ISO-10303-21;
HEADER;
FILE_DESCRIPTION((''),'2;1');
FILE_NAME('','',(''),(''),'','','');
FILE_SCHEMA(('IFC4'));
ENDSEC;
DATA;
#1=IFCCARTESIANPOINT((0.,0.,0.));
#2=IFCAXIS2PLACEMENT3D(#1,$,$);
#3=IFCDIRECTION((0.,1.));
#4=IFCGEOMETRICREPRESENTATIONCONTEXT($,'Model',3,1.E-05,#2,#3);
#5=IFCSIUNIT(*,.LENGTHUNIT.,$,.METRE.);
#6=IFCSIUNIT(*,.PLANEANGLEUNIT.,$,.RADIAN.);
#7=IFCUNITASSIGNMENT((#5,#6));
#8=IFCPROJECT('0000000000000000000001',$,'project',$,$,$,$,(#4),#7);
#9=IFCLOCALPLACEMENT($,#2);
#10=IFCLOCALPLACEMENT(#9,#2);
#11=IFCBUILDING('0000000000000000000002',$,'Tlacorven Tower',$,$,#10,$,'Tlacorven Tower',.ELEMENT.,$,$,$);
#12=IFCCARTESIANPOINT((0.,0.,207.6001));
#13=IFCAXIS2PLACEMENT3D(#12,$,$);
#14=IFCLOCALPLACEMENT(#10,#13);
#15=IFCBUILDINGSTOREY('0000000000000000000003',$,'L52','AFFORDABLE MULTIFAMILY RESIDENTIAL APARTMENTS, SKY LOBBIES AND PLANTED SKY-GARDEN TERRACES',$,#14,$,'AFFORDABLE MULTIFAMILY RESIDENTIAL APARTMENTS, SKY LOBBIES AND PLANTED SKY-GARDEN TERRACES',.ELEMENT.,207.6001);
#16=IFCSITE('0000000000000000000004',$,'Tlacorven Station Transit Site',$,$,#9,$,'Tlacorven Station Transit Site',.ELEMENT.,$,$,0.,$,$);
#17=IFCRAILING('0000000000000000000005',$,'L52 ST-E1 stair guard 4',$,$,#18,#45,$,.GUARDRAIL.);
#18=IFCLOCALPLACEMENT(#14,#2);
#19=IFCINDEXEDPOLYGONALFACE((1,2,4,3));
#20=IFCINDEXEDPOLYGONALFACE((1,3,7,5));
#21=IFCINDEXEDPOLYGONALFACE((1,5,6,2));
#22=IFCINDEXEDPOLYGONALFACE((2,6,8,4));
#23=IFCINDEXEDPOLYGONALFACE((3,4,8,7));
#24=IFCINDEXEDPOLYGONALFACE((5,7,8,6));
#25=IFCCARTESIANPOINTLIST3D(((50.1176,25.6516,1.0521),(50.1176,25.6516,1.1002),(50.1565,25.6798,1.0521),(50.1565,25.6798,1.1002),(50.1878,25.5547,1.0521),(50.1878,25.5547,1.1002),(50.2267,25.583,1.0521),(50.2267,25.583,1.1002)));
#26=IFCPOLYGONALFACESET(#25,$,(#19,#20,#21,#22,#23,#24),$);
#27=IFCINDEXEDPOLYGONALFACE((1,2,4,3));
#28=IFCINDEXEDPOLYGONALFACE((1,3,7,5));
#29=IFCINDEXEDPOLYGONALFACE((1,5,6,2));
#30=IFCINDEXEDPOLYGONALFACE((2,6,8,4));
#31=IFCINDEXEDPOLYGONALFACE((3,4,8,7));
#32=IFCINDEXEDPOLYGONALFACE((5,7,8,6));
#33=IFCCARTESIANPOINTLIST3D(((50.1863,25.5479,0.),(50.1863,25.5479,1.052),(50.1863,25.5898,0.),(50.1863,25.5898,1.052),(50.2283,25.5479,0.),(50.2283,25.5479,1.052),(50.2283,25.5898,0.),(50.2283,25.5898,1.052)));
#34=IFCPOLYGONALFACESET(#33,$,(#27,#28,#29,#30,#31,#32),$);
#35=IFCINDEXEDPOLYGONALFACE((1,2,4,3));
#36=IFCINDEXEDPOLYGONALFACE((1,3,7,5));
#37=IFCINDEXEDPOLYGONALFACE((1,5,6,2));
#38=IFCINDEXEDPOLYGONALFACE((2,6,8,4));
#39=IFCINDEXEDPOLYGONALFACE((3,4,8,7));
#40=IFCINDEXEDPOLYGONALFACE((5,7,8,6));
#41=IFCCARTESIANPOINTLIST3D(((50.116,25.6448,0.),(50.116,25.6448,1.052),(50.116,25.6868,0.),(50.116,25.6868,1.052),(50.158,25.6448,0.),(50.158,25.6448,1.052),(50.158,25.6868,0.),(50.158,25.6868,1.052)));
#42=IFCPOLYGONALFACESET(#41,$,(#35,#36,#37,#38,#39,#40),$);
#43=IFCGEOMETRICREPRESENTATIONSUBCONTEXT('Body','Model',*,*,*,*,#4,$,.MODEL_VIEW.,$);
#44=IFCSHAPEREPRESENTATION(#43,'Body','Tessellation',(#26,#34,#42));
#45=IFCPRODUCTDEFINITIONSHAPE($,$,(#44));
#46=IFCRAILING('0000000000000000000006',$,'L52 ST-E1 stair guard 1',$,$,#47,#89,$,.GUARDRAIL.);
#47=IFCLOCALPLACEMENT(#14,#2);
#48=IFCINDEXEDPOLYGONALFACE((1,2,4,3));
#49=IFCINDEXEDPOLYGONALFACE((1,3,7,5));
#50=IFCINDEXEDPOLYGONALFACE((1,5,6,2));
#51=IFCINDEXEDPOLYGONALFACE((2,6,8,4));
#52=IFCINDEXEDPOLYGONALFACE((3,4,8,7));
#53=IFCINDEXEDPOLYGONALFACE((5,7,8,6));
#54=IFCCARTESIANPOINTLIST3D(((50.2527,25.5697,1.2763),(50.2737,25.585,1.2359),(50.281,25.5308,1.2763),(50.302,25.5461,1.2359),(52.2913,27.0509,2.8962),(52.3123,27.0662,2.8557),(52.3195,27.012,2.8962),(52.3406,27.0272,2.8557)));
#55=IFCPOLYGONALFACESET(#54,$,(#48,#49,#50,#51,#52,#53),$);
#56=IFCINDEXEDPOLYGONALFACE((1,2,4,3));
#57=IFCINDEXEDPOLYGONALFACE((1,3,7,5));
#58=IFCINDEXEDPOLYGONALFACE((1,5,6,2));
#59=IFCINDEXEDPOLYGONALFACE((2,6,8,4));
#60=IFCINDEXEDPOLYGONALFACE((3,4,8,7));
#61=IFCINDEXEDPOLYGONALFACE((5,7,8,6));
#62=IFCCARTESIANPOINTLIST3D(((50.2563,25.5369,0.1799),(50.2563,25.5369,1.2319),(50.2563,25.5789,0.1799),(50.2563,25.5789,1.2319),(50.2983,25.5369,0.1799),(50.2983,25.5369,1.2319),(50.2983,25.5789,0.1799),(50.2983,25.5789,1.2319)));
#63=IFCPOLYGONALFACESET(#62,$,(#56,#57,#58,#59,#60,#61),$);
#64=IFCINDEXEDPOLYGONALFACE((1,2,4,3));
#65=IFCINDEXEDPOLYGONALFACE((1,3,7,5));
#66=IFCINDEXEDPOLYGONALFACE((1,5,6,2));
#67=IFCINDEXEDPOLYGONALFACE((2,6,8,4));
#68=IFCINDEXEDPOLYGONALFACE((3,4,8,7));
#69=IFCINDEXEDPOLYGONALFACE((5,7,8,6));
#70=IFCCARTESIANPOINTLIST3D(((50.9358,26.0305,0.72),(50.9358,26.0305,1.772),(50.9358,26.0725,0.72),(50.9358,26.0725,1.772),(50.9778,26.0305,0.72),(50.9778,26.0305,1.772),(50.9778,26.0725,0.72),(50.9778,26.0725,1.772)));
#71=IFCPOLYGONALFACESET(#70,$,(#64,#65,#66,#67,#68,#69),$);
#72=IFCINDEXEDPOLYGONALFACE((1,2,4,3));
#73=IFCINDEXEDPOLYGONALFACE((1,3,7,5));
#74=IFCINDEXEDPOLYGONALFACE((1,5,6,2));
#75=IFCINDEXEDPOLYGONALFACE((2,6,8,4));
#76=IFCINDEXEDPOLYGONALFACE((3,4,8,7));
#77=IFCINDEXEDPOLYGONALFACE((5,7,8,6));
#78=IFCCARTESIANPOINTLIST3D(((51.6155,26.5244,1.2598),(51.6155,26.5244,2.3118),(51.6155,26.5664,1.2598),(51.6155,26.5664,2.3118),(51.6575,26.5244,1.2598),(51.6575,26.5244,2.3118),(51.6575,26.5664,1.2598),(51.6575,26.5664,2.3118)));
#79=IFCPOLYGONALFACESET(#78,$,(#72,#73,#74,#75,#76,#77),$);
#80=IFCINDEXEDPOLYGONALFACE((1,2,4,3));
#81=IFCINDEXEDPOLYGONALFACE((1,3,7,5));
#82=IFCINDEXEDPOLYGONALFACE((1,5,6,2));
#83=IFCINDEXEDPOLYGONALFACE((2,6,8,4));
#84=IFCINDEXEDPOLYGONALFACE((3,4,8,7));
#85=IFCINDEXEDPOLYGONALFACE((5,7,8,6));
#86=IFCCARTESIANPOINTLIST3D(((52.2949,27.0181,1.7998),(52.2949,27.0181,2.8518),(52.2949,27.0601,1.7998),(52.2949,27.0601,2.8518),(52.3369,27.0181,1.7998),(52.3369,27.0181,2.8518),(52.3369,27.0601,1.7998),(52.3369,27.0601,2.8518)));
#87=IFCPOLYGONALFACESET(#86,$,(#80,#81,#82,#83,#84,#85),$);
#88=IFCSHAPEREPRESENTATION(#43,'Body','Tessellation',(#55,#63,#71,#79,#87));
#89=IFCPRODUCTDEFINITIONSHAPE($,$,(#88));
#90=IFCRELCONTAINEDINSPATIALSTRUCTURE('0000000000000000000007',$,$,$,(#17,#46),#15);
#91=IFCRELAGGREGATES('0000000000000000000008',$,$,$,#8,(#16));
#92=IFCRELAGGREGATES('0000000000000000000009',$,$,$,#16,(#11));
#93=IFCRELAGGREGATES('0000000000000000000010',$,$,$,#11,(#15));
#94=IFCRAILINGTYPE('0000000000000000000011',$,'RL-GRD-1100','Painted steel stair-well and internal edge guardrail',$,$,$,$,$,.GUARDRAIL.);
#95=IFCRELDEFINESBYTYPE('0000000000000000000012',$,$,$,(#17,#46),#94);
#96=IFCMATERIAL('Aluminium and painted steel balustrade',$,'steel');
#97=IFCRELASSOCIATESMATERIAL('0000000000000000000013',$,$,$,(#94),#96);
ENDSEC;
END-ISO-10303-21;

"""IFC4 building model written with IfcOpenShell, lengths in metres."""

from ifc_helpers import new_model, si_unit, direction, frame, origin, origin_2d, place, context, subcontext, project, spatial, rectangle, extrude, source, transform, mapped, material, type_object, element, save


model = new_model("IFC4")

# Units and contexts
model_context = context("Model", 3, precision=1e-05, world=origin(), true_north=direction((0.0, 1.0)))
body_context = subcontext(model_context, "Body", "Model", "MODEL_VIEW")
ifc_project = project(units=[si_unit("LENGTHUNIT", "METRE"), si_unit("PLANEANGLEUNIT", "RADIAN")], contexts=[model_context])

# Site, building, storey
site_placement = place(None, origin())
site = spatial("IfcSite", under=ifc_project, at=site_placement, Name="Tlacorven Station Transit Site", LongName="Tlacorven Station Transit Site", CompositionType="ELEMENT", RefElevation=0.0)
building_placement = place(site_placement, origin())
building = spatial("IfcBuilding", under=site, at=building_placement, Name="Tlacorven Tower", LongName="Tlacorven Tower", CompositionType="ELEMENT")
storey_placement = place(building_placement, frame((0.0, 0.0, 207.6001)))
storey = spatial("IfcBuildingStorey", under=building, at=storey_placement, Name="L52", Description="AFFORDABLE MULTIFAMILY RESIDENTIAL APARTMENTS, SKY LOBBIES AND PLANTED SKY-GARDEN TERRACES", LongName="AFFORDABLE MULTIFAMILY RESIDENTIAL APARTMENTS, SKY LOBBIES AND PLANTED SKY-GARDEN TERRACES", CompositionType="ELEMENT", Elevation=207.6001)

# Railings
ifc_material_1 = material(Name="Aluminium and painted steel balustrade", Category="steel")
railing_type_1 = type_object("IfcRailingType", Name="RL-GRD-1100", Description="Painted steel stair-well and internal edge guardrail", PredefinedType="GUARDRAIL", material=ifc_material_1)
shared_shape_1 = source(origin(), body_context, "Body", "SweptSolid", [
    extrude(rectangle(XDim=0.0481, YDim=0.0481, at=origin_2d()), frame((0.0, 0.0, 1.0762), z_axis=(-0.587201, 0.809441, 0.0), x_axis=(-0.809441, -0.587201, 0.0)), (0.0, 0.0, 1.0), 0.1196),
    extrude(rectangle(XDim=0.042, YDim=0.042, at=origin_2d()), origin(), (0.0, 0.0, 1.0), 1.052),
    extrude(rectangle(XDim=0.042, YDim=0.042, at=origin_2d()), frame((-0.0703, 0.0969, 0.0)), (0.0, 0.0, 1.0), 1.052),
])
railing_1_placement = place(storey_placement, frame((50.2073, 25.5688, 0.0)))
element("IfcRailing", 1, at=railing_1_placement, inside=storey, type_object=railing_type_1, Name="L52 ST-E1 stair guard 4", PredefinedType="GUARDRAIL", context=body_context, shape_type="MappedRepresentation", body=[
    mapped(shared_shape_1, transform((0.0, 0.0, 0.0), scale=1.0)),
])
shared_shape_2 = source(origin(), body_context, "Body", "SweptSolid", [
    extrude(rectangle(XDim=0.0481, YDim=0.0481, at=origin_2d()), frame((0.0, 0.0, 1.0762), z_axis=(0.680519, 0.494456, 0.540747), x_axis=(-0.587809, 0.809, 0.0)), (0.0, 0.0, 1.0), 2.9956),
    extrude(rectangle(XDim=0.042, YDim=0.042, at=origin_2d()), origin(), (0.0, 0.0, 1.0), 1.052),
    extrude(rectangle(XDim=0.042, YDim=0.042, at=origin_2d()), frame((0.6794, 0.4937, 0.54)), (0.0, 0.0, 1.0), 1.052),
    extrude(rectangle(XDim=0.042, YDim=0.042, at=origin_2d()), frame((1.3591, 0.9875, 1.0798)), (0.0, 0.0, 1.0), 1.052),
    extrude(rectangle(XDim=0.042, YDim=0.042, at=origin_2d()), frame((2.0386, 1.4812, 1.6199)), (0.0, 0.0, 1.0), 1.052),
])
railing_2_placement = place(storey_placement, frame((50.2773, 25.5579, 0.1799)))
element("IfcRailing", 2, at=railing_2_placement, inside=storey, type_object=railing_type_1, Name="L52 ST-E1 stair guard 1", PredefinedType="GUARDRAIL", context=body_context, shape_type="MappedRepresentation", body=[
    mapped(shared_shape_2, transform((0.0, 0.0, 0.0), scale=1.0)),
])

save(model, "model.ifc")
